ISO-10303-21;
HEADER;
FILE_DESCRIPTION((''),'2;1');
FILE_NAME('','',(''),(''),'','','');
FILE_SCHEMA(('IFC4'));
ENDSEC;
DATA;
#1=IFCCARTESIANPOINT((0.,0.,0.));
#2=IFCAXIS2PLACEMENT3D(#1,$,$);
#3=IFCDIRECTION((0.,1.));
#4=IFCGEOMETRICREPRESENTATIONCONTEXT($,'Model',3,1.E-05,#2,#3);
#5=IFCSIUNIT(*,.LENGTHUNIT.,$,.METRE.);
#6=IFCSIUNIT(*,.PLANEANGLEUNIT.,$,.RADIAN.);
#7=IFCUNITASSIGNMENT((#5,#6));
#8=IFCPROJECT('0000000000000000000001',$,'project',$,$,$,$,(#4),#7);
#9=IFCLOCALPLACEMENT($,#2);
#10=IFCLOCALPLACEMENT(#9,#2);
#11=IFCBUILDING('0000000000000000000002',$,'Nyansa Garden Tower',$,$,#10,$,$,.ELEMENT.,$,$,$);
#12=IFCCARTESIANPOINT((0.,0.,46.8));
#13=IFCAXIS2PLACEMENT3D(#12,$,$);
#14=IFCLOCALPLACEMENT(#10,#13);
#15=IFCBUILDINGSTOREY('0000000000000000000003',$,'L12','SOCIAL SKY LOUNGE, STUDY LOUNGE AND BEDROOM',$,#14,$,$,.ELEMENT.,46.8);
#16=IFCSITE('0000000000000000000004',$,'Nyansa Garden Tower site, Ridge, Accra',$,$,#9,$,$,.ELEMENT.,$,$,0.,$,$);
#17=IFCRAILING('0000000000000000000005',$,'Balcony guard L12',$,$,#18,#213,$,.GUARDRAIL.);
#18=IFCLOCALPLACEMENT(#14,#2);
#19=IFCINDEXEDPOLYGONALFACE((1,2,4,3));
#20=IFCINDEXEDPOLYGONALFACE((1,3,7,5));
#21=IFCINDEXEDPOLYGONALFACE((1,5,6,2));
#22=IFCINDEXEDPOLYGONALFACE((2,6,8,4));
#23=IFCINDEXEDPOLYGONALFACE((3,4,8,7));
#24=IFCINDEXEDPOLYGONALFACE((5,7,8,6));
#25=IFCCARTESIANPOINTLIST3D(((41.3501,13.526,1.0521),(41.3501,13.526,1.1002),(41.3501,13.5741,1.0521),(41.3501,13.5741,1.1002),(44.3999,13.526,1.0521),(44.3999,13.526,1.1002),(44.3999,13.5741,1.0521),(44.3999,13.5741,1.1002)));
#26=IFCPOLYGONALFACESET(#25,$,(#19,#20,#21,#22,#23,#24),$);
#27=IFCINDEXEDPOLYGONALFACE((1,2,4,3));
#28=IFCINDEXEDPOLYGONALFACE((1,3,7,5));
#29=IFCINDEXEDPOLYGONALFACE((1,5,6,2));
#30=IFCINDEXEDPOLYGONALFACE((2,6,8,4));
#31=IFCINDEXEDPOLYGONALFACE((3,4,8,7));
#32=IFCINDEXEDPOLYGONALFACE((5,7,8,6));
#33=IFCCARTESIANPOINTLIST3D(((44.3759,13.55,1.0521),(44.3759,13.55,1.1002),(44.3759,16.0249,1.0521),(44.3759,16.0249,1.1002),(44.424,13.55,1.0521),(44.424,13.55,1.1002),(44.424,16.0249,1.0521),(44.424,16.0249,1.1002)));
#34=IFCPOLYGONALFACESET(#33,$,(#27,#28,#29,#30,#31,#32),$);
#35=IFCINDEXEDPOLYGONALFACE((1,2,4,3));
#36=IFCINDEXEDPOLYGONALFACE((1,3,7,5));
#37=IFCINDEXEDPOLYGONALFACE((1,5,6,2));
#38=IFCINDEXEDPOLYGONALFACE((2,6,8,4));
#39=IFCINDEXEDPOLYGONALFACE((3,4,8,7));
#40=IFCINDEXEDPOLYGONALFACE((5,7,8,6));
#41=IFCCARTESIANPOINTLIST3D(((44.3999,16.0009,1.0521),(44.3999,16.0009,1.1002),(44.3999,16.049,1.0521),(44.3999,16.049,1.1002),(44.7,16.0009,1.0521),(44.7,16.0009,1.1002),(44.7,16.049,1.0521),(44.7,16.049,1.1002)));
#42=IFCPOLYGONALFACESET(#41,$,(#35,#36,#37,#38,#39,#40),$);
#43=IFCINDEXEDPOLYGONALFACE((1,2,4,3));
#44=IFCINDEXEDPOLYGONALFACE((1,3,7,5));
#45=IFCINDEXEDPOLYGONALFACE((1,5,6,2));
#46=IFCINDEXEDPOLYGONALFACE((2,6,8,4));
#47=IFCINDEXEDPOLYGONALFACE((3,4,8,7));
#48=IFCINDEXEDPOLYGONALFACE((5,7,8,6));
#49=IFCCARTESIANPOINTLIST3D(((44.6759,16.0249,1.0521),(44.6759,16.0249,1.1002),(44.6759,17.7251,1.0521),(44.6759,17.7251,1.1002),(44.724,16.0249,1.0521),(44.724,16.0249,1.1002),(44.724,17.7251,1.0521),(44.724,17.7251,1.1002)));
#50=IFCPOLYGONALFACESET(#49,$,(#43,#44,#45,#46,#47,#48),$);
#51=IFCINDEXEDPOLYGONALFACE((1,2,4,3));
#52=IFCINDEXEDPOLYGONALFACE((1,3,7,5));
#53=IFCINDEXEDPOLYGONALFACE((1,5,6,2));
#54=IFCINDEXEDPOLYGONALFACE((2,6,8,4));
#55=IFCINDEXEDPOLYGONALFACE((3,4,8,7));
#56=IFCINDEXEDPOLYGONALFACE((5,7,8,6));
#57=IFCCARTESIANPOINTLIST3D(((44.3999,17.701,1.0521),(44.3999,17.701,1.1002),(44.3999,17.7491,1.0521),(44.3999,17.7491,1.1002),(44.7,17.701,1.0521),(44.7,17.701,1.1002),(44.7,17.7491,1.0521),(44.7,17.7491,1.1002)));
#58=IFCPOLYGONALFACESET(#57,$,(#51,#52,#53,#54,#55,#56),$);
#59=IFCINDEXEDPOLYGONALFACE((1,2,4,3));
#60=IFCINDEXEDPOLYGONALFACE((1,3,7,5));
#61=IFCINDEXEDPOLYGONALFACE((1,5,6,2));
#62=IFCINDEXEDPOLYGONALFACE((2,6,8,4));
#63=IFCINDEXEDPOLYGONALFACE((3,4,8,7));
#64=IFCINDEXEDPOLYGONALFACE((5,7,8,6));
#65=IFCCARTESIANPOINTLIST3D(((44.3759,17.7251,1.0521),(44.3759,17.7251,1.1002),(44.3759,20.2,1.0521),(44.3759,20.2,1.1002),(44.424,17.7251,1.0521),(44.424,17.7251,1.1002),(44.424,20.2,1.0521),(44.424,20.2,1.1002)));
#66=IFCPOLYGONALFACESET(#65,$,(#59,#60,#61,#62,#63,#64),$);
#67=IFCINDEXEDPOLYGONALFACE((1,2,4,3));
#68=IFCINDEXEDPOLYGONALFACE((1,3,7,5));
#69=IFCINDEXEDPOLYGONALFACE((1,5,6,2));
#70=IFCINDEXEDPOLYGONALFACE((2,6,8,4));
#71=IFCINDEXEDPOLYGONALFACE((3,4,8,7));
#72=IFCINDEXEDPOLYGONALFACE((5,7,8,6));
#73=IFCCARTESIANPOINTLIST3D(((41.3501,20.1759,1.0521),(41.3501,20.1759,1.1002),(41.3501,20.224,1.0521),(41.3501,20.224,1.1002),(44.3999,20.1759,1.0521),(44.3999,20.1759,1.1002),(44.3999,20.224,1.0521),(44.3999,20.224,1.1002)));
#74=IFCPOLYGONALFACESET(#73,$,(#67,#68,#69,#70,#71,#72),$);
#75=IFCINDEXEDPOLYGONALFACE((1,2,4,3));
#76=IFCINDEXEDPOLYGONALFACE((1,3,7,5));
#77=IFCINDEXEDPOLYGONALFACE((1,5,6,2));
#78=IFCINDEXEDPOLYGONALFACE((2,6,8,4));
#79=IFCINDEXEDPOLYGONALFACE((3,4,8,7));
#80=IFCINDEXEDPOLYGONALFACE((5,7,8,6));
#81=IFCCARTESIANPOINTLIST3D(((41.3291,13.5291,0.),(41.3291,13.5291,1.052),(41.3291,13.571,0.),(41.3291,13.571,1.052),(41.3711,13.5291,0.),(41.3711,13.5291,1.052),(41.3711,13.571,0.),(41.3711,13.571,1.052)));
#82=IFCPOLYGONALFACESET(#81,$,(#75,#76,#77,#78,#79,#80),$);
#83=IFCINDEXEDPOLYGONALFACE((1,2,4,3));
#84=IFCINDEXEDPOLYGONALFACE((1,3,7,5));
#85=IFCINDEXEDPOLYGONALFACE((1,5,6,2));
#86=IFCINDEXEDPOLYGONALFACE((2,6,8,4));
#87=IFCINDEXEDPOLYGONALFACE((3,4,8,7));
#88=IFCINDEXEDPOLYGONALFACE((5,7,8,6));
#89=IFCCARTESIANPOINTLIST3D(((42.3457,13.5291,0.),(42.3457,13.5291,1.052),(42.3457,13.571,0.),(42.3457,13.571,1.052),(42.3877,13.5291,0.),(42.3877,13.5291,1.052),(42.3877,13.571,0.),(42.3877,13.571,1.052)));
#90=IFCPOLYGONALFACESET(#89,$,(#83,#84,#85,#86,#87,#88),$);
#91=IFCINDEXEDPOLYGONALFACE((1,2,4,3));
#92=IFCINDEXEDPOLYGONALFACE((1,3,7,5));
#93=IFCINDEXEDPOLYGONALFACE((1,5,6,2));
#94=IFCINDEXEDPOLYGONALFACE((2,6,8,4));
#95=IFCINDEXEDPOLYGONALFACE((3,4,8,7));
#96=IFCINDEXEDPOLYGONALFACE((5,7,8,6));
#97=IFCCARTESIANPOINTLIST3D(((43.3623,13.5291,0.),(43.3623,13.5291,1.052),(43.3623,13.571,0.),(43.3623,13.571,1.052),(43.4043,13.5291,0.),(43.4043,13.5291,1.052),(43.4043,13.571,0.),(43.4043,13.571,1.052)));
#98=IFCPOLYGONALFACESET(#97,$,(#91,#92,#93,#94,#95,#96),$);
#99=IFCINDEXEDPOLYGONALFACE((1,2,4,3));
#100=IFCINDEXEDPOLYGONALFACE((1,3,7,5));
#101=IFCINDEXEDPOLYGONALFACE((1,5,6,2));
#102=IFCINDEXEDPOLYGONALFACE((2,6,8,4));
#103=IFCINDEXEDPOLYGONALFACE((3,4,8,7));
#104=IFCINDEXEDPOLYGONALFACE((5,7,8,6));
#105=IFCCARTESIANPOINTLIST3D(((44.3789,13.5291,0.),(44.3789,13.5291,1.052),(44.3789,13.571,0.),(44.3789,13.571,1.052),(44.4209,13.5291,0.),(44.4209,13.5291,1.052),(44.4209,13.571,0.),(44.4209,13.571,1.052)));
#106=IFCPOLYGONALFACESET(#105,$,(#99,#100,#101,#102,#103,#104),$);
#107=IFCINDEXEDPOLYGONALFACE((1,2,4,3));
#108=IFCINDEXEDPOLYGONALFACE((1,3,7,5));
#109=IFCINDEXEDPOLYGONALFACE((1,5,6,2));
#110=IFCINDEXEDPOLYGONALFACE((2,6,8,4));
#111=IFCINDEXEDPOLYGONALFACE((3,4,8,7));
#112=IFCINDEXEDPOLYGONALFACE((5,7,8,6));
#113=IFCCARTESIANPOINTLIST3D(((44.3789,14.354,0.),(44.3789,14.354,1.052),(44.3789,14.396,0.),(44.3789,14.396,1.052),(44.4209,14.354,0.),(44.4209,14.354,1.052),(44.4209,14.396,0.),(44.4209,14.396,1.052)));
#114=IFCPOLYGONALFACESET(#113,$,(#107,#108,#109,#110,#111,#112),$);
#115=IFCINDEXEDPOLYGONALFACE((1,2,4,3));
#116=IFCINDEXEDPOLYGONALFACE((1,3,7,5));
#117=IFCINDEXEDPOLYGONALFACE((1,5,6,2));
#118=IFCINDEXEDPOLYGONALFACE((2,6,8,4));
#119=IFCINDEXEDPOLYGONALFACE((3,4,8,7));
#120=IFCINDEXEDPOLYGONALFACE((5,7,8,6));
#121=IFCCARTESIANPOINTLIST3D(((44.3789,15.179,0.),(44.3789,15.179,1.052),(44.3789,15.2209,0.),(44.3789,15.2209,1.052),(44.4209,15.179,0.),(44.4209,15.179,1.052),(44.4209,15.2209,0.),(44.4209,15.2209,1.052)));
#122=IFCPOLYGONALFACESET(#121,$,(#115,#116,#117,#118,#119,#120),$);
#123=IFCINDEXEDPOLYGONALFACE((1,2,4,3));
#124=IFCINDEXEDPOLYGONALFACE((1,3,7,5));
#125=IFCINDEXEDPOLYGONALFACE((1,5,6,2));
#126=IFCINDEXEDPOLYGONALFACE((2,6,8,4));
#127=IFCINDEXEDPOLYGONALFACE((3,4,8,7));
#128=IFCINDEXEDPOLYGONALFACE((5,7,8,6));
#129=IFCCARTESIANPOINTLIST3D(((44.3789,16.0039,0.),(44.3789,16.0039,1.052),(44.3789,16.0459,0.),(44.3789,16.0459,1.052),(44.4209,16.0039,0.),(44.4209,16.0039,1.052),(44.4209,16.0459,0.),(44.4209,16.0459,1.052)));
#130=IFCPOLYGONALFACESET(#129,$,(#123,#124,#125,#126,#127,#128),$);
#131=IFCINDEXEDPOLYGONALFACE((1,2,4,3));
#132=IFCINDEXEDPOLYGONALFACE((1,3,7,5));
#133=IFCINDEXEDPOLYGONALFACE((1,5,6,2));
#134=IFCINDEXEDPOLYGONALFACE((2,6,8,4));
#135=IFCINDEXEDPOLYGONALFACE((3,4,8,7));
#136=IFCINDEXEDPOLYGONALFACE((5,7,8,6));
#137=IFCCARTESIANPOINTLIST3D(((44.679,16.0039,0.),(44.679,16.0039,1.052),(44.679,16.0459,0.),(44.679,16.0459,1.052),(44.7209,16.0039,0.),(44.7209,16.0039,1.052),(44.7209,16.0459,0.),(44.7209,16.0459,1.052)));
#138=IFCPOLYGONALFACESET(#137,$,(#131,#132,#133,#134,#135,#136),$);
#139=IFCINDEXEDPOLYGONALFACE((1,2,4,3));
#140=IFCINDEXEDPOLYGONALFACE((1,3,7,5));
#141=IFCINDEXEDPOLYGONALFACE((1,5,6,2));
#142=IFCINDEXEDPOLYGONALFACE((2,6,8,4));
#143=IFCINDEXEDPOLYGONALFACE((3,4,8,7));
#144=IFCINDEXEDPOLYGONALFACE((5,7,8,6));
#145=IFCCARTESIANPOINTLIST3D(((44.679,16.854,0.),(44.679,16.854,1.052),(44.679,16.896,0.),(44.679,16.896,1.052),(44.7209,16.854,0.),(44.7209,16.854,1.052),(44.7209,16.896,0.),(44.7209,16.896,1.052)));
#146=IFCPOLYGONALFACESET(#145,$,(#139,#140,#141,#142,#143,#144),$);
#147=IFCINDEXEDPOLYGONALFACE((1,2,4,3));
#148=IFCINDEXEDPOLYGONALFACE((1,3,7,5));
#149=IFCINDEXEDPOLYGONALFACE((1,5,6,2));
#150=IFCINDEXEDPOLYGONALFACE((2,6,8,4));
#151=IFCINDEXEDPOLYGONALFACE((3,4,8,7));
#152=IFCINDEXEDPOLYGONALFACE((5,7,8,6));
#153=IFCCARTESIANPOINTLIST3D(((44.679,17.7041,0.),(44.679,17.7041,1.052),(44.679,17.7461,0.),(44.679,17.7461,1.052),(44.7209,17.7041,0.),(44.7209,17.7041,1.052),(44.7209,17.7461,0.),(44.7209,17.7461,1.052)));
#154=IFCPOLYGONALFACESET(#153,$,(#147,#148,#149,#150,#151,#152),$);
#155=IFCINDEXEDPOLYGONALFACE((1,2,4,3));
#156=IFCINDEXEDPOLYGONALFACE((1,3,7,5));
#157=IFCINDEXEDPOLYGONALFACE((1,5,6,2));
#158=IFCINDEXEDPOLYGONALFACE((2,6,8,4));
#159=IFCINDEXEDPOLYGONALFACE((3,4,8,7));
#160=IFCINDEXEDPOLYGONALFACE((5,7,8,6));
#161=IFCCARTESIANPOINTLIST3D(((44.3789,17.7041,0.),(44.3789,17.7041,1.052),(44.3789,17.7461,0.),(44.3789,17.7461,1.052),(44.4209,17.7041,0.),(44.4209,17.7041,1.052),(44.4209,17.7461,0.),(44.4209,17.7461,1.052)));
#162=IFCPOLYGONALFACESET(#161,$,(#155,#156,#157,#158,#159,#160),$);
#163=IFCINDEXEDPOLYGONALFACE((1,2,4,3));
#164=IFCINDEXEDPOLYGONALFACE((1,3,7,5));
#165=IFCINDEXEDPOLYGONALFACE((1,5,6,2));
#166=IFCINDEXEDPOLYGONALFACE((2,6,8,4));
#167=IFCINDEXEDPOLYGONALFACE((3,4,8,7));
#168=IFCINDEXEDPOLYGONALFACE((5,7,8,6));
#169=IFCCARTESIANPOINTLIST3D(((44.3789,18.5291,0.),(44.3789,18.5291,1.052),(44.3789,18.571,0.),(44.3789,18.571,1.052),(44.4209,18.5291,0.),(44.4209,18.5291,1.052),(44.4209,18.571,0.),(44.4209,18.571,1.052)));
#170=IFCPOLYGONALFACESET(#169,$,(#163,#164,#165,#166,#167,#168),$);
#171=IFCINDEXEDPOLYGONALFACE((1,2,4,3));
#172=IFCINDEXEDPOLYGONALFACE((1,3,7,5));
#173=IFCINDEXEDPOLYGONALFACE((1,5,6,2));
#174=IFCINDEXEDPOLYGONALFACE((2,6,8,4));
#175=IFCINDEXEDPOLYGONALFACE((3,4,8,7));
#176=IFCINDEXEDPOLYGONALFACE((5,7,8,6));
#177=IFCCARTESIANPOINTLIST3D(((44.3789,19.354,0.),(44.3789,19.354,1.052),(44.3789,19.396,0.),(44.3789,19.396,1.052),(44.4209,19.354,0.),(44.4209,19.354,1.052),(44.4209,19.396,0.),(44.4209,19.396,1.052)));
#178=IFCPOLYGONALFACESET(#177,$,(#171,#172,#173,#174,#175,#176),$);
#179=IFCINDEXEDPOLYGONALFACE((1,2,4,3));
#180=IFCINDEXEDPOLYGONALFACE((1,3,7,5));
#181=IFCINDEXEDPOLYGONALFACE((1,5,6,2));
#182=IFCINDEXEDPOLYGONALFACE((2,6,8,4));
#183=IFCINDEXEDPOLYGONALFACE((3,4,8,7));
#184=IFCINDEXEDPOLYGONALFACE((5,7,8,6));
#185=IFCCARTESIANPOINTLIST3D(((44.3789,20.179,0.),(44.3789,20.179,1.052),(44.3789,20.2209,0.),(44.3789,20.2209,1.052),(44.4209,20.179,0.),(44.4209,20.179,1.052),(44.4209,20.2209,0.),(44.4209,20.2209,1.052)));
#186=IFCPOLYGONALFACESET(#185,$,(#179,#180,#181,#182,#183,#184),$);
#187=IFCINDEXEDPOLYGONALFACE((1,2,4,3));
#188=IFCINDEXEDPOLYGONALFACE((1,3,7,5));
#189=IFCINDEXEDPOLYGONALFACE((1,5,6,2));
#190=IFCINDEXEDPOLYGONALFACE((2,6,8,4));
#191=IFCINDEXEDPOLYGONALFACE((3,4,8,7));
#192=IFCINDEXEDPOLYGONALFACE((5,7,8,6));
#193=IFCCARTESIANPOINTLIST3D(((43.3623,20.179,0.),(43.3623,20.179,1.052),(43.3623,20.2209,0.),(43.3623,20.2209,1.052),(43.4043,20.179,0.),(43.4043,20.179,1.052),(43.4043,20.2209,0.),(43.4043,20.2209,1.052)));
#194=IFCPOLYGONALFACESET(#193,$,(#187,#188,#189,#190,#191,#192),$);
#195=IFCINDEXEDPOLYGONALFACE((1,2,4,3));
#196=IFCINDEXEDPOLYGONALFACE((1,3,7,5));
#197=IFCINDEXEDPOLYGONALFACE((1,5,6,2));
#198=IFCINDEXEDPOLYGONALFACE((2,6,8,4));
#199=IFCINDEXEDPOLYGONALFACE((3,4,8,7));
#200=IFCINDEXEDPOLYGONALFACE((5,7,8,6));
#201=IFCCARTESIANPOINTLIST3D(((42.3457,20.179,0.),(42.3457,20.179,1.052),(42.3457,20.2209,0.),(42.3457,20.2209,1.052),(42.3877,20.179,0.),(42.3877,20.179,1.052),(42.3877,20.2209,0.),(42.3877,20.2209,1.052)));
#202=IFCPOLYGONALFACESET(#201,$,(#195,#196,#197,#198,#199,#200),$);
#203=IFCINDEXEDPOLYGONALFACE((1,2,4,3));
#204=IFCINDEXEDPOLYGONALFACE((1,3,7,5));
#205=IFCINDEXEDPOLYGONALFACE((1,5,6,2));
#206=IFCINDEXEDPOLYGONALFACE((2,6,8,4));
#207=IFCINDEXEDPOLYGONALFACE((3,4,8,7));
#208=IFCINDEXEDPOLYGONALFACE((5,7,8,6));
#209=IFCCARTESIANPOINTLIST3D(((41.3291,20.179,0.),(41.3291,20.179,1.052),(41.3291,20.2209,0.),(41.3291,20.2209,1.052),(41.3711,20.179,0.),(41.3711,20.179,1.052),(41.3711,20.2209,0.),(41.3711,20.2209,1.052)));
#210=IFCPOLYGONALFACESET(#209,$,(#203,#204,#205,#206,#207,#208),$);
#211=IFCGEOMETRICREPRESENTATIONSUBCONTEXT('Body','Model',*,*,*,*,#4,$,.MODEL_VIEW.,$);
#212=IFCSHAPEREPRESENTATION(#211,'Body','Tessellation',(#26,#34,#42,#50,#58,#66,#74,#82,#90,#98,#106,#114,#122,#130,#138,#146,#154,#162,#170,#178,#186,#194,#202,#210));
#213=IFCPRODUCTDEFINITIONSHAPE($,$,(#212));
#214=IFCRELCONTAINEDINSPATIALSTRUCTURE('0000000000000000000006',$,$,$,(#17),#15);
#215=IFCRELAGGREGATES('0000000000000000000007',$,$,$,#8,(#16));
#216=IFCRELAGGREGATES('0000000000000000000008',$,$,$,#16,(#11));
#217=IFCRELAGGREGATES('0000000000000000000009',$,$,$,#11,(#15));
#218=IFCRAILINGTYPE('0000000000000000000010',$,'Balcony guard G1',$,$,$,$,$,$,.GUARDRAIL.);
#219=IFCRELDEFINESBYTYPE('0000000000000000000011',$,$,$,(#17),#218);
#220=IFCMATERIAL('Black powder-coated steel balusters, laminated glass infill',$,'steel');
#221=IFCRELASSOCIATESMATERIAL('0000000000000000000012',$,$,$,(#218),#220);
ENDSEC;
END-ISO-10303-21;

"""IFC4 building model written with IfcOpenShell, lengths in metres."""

from ifc_helpers import new_model, si_unit, direction, frame, origin, origin_2d, place, context, subcontext, project, spatial, rectangle, extrude, material, type_object, element, save


model = new_model("IFC4")

# Units and contexts
model_context = context("Model", 3, precision=1e-05, world=origin(), true_north=direction((0.0, 1.0)))
body_context = subcontext(model_context, "Body", "Model", "MODEL_VIEW")
ifc_project = project(units=[si_unit("LENGTHUNIT", "METRE"), si_unit("PLANEANGLEUNIT", "RADIAN")], contexts=[model_context])

# Site, building, storey
site_placement = place(None, origin())
site = spatial("IfcSite", under=ifc_project, at=site_placement, Name="Nyansa Garden Tower site, Ridge, Accra", CompositionType="ELEMENT", RefElevation=0.0)
building_placement = place(site_placement, origin())
building = spatial("IfcBuilding", under=site, at=building_placement, Name="Nyansa Garden Tower", CompositionType="ELEMENT")
storey_placement = place(building_placement, frame((0.0, 0.0, 46.8)))
storey = spatial("IfcBuildingStorey", under=building, at=storey_placement, Name="L12", Description="SOCIAL SKY LOUNGE, STUDY LOUNGE AND BEDROOM", CompositionType="ELEMENT", Elevation=46.8)

# Railing
ifc_material_1 = material(Name="Black powder-coated steel balusters, laminated glass infill", Category="steel")
railing_type = type_object("IfcRailingType", Name="Balcony guard G1", PredefinedType="GUARDRAIL", material=ifc_material_1)
railing_placement = place(storey_placement, frame((41.3501, 13.55, 0.0)))
element("IfcRailing", 1, at=railing_placement, inside=storey, type_object=railing_type, Name="Balcony guard L12", PredefinedType="GUARDRAIL", context=body_context, shape_type="SweptSolid", body=[
    extrude(rectangle(XDim=0.0481, YDim=0.0481, at=origin_2d()), frame((0.0, 0.0, 1.0762), z_axis=(1.0, 0.0, 0.0), x_axis=(0.0, 1.0, 0.0)), (0.0, 0.0, 1.0), 3.0498),
    extrude(rectangle(XDim=0.0481, YDim=0.0481, at=origin_2d()), frame((3.0498, 0.0, 1.0762), z_axis=(0.0, 1.0, 0.0), x_axis=(-1.0, 0.0, 0.0)), (0.0, 0.0, 1.0), 2.4749),
    extrude(rectangle(XDim=0.0481, YDim=0.0481, at=origin_2d()), frame((3.0498, 2.4749, 1.0762), z_axis=(1.0, 0.0, 0.0), x_axis=(0.0, 1.0, 0.0)), (0.0, 0.0, 1.0), 0.3),
    extrude(rectangle(XDim=0.0481, YDim=0.0481, at=origin_2d()), frame((3.3499, 2.4749, 1.0762), z_axis=(0.0, 1.0, 0.0), x_axis=(-1.0, 0.0, 0.0)), (0.0, 0.0, 1.0), 1.7002),
    extrude(rectangle(XDim=0.0481, YDim=0.0481, at=origin_2d()), frame((3.3499, 4.175, 1.0762), z_axis=(-1.0, 0.0, 0.0), x_axis=(0.0, -1.0, 0.0)), (0.0, 0.0, 1.0), 0.3),
    extrude(rectangle(XDim=0.0481, YDim=0.0481, at=origin_2d()), frame((3.0498, 4.175, 1.0762), z_axis=(0.0, 1.0, 0.0), x_axis=(-1.0, 0.0, 0.0)), (0.0, 0.0, 1.0), 2.4749),
    extrude(rectangle(XDim=0.0481, YDim=0.0481, at=origin_2d()), frame((3.0498, 6.6499, 1.0762), z_axis=(-1.0, 0.0, 0.0), x_axis=(0.0, -1.0, 0.0)), (0.0, 0.0, 1.0), 3.0498),
    extrude(rectangle(XDim=0.042, YDim=0.042, at=origin_2d()), origin(), (0.0, 0.0, 1.0), 1.052),
    extrude(rectangle(XDim=0.042, YDim=0.042, at=origin_2d()), frame((1.0166, 0.0, 0.0)), (0.0, 0.0, 1.0), 1.052),
    extrude(rectangle(XDim=0.042, YDim=0.042, at=origin_2d()), frame((2.0332, 0.0, 0.0)), (0.0, 0.0, 1.0), 1.052),
    extrude(rectangle(XDim=0.042, YDim=0.042, at=origin_2d()), frame((3.0498, 0.0, 0.0)), (0.0, 0.0, 1.0), 1.052),
    extrude(rectangle(XDim=0.042, YDim=0.042, at=origin_2d()), frame((3.0498, 0.825, 0.0)), (0.0, 0.0, 1.0), 1.052),
    extrude(rectangle(XDim=0.042, YDim=0.042, at=origin_2d()), frame((3.0498, 1.6499, 0.0)), (0.0, 0.0, 1.0), 1.052),
    extrude(rectangle(XDim=0.042, YDim=0.042, at=origin_2d()), frame((3.0498, 2.4749, 0.0)), (0.0, 0.0, 1.0), 1.052),
    extrude(rectangle(XDim=0.042, YDim=0.042, at=origin_2d()), frame((3.3499, 2.4749, 0.0)), (0.0, 0.0, 1.0), 1.052),
    extrude(rectangle(XDim=0.042, YDim=0.042, at=origin_2d()), frame((3.3499, 3.325, 0.0)), (0.0, 0.0, 1.0), 1.052),
    extrude(rectangle(XDim=0.042, YDim=0.042, at=origin_2d()), frame((3.3499, 4.175, 0.0)), (0.0, 0.0, 1.0), 1.052),
    extrude(rectangle(XDim=0.042, YDim=0.042, at=origin_2d()), frame((3.0498, 4.175, 0.0)), (0.0, 0.0, 1.0), 1.052),
    extrude(rectangle(XDim=0.042, YDim=0.042, at=origin_2d()), frame((3.0498, 5.0, 0.0)), (0.0, 0.0, 1.0), 1.052),
    extrude(rectangle(XDim=0.042, YDim=0.042, at=origin_2d()), frame((3.0498, 5.825, 0.0)), (0.0, 0.0, 1.0), 1.052),
    extrude(rectangle(XDim=0.042, YDim=0.042, at=origin_2d()), frame((3.0498, 6.6499, 0.0)), (0.0, 0.0, 1.0), 1.052),
    extrude(rectangle(XDim=0.042, YDim=0.042, at=origin_2d()), frame((2.0332, 6.6499, 0.0)), (0.0, 0.0, 1.0), 1.052),
    extrude(rectangle(XDim=0.042, YDim=0.042, at=origin_2d()), frame((1.0166, 6.6499, 0.0)), (0.0, 0.0, 1.0), 1.052),
    extrude(rectangle(XDim=0.042, YDim=0.042, at=origin_2d()), frame((0.0, 6.6499, 0.0)), (0.0, 0.0, 1.0), 1.052),
])

save(model, "model.ifc")
